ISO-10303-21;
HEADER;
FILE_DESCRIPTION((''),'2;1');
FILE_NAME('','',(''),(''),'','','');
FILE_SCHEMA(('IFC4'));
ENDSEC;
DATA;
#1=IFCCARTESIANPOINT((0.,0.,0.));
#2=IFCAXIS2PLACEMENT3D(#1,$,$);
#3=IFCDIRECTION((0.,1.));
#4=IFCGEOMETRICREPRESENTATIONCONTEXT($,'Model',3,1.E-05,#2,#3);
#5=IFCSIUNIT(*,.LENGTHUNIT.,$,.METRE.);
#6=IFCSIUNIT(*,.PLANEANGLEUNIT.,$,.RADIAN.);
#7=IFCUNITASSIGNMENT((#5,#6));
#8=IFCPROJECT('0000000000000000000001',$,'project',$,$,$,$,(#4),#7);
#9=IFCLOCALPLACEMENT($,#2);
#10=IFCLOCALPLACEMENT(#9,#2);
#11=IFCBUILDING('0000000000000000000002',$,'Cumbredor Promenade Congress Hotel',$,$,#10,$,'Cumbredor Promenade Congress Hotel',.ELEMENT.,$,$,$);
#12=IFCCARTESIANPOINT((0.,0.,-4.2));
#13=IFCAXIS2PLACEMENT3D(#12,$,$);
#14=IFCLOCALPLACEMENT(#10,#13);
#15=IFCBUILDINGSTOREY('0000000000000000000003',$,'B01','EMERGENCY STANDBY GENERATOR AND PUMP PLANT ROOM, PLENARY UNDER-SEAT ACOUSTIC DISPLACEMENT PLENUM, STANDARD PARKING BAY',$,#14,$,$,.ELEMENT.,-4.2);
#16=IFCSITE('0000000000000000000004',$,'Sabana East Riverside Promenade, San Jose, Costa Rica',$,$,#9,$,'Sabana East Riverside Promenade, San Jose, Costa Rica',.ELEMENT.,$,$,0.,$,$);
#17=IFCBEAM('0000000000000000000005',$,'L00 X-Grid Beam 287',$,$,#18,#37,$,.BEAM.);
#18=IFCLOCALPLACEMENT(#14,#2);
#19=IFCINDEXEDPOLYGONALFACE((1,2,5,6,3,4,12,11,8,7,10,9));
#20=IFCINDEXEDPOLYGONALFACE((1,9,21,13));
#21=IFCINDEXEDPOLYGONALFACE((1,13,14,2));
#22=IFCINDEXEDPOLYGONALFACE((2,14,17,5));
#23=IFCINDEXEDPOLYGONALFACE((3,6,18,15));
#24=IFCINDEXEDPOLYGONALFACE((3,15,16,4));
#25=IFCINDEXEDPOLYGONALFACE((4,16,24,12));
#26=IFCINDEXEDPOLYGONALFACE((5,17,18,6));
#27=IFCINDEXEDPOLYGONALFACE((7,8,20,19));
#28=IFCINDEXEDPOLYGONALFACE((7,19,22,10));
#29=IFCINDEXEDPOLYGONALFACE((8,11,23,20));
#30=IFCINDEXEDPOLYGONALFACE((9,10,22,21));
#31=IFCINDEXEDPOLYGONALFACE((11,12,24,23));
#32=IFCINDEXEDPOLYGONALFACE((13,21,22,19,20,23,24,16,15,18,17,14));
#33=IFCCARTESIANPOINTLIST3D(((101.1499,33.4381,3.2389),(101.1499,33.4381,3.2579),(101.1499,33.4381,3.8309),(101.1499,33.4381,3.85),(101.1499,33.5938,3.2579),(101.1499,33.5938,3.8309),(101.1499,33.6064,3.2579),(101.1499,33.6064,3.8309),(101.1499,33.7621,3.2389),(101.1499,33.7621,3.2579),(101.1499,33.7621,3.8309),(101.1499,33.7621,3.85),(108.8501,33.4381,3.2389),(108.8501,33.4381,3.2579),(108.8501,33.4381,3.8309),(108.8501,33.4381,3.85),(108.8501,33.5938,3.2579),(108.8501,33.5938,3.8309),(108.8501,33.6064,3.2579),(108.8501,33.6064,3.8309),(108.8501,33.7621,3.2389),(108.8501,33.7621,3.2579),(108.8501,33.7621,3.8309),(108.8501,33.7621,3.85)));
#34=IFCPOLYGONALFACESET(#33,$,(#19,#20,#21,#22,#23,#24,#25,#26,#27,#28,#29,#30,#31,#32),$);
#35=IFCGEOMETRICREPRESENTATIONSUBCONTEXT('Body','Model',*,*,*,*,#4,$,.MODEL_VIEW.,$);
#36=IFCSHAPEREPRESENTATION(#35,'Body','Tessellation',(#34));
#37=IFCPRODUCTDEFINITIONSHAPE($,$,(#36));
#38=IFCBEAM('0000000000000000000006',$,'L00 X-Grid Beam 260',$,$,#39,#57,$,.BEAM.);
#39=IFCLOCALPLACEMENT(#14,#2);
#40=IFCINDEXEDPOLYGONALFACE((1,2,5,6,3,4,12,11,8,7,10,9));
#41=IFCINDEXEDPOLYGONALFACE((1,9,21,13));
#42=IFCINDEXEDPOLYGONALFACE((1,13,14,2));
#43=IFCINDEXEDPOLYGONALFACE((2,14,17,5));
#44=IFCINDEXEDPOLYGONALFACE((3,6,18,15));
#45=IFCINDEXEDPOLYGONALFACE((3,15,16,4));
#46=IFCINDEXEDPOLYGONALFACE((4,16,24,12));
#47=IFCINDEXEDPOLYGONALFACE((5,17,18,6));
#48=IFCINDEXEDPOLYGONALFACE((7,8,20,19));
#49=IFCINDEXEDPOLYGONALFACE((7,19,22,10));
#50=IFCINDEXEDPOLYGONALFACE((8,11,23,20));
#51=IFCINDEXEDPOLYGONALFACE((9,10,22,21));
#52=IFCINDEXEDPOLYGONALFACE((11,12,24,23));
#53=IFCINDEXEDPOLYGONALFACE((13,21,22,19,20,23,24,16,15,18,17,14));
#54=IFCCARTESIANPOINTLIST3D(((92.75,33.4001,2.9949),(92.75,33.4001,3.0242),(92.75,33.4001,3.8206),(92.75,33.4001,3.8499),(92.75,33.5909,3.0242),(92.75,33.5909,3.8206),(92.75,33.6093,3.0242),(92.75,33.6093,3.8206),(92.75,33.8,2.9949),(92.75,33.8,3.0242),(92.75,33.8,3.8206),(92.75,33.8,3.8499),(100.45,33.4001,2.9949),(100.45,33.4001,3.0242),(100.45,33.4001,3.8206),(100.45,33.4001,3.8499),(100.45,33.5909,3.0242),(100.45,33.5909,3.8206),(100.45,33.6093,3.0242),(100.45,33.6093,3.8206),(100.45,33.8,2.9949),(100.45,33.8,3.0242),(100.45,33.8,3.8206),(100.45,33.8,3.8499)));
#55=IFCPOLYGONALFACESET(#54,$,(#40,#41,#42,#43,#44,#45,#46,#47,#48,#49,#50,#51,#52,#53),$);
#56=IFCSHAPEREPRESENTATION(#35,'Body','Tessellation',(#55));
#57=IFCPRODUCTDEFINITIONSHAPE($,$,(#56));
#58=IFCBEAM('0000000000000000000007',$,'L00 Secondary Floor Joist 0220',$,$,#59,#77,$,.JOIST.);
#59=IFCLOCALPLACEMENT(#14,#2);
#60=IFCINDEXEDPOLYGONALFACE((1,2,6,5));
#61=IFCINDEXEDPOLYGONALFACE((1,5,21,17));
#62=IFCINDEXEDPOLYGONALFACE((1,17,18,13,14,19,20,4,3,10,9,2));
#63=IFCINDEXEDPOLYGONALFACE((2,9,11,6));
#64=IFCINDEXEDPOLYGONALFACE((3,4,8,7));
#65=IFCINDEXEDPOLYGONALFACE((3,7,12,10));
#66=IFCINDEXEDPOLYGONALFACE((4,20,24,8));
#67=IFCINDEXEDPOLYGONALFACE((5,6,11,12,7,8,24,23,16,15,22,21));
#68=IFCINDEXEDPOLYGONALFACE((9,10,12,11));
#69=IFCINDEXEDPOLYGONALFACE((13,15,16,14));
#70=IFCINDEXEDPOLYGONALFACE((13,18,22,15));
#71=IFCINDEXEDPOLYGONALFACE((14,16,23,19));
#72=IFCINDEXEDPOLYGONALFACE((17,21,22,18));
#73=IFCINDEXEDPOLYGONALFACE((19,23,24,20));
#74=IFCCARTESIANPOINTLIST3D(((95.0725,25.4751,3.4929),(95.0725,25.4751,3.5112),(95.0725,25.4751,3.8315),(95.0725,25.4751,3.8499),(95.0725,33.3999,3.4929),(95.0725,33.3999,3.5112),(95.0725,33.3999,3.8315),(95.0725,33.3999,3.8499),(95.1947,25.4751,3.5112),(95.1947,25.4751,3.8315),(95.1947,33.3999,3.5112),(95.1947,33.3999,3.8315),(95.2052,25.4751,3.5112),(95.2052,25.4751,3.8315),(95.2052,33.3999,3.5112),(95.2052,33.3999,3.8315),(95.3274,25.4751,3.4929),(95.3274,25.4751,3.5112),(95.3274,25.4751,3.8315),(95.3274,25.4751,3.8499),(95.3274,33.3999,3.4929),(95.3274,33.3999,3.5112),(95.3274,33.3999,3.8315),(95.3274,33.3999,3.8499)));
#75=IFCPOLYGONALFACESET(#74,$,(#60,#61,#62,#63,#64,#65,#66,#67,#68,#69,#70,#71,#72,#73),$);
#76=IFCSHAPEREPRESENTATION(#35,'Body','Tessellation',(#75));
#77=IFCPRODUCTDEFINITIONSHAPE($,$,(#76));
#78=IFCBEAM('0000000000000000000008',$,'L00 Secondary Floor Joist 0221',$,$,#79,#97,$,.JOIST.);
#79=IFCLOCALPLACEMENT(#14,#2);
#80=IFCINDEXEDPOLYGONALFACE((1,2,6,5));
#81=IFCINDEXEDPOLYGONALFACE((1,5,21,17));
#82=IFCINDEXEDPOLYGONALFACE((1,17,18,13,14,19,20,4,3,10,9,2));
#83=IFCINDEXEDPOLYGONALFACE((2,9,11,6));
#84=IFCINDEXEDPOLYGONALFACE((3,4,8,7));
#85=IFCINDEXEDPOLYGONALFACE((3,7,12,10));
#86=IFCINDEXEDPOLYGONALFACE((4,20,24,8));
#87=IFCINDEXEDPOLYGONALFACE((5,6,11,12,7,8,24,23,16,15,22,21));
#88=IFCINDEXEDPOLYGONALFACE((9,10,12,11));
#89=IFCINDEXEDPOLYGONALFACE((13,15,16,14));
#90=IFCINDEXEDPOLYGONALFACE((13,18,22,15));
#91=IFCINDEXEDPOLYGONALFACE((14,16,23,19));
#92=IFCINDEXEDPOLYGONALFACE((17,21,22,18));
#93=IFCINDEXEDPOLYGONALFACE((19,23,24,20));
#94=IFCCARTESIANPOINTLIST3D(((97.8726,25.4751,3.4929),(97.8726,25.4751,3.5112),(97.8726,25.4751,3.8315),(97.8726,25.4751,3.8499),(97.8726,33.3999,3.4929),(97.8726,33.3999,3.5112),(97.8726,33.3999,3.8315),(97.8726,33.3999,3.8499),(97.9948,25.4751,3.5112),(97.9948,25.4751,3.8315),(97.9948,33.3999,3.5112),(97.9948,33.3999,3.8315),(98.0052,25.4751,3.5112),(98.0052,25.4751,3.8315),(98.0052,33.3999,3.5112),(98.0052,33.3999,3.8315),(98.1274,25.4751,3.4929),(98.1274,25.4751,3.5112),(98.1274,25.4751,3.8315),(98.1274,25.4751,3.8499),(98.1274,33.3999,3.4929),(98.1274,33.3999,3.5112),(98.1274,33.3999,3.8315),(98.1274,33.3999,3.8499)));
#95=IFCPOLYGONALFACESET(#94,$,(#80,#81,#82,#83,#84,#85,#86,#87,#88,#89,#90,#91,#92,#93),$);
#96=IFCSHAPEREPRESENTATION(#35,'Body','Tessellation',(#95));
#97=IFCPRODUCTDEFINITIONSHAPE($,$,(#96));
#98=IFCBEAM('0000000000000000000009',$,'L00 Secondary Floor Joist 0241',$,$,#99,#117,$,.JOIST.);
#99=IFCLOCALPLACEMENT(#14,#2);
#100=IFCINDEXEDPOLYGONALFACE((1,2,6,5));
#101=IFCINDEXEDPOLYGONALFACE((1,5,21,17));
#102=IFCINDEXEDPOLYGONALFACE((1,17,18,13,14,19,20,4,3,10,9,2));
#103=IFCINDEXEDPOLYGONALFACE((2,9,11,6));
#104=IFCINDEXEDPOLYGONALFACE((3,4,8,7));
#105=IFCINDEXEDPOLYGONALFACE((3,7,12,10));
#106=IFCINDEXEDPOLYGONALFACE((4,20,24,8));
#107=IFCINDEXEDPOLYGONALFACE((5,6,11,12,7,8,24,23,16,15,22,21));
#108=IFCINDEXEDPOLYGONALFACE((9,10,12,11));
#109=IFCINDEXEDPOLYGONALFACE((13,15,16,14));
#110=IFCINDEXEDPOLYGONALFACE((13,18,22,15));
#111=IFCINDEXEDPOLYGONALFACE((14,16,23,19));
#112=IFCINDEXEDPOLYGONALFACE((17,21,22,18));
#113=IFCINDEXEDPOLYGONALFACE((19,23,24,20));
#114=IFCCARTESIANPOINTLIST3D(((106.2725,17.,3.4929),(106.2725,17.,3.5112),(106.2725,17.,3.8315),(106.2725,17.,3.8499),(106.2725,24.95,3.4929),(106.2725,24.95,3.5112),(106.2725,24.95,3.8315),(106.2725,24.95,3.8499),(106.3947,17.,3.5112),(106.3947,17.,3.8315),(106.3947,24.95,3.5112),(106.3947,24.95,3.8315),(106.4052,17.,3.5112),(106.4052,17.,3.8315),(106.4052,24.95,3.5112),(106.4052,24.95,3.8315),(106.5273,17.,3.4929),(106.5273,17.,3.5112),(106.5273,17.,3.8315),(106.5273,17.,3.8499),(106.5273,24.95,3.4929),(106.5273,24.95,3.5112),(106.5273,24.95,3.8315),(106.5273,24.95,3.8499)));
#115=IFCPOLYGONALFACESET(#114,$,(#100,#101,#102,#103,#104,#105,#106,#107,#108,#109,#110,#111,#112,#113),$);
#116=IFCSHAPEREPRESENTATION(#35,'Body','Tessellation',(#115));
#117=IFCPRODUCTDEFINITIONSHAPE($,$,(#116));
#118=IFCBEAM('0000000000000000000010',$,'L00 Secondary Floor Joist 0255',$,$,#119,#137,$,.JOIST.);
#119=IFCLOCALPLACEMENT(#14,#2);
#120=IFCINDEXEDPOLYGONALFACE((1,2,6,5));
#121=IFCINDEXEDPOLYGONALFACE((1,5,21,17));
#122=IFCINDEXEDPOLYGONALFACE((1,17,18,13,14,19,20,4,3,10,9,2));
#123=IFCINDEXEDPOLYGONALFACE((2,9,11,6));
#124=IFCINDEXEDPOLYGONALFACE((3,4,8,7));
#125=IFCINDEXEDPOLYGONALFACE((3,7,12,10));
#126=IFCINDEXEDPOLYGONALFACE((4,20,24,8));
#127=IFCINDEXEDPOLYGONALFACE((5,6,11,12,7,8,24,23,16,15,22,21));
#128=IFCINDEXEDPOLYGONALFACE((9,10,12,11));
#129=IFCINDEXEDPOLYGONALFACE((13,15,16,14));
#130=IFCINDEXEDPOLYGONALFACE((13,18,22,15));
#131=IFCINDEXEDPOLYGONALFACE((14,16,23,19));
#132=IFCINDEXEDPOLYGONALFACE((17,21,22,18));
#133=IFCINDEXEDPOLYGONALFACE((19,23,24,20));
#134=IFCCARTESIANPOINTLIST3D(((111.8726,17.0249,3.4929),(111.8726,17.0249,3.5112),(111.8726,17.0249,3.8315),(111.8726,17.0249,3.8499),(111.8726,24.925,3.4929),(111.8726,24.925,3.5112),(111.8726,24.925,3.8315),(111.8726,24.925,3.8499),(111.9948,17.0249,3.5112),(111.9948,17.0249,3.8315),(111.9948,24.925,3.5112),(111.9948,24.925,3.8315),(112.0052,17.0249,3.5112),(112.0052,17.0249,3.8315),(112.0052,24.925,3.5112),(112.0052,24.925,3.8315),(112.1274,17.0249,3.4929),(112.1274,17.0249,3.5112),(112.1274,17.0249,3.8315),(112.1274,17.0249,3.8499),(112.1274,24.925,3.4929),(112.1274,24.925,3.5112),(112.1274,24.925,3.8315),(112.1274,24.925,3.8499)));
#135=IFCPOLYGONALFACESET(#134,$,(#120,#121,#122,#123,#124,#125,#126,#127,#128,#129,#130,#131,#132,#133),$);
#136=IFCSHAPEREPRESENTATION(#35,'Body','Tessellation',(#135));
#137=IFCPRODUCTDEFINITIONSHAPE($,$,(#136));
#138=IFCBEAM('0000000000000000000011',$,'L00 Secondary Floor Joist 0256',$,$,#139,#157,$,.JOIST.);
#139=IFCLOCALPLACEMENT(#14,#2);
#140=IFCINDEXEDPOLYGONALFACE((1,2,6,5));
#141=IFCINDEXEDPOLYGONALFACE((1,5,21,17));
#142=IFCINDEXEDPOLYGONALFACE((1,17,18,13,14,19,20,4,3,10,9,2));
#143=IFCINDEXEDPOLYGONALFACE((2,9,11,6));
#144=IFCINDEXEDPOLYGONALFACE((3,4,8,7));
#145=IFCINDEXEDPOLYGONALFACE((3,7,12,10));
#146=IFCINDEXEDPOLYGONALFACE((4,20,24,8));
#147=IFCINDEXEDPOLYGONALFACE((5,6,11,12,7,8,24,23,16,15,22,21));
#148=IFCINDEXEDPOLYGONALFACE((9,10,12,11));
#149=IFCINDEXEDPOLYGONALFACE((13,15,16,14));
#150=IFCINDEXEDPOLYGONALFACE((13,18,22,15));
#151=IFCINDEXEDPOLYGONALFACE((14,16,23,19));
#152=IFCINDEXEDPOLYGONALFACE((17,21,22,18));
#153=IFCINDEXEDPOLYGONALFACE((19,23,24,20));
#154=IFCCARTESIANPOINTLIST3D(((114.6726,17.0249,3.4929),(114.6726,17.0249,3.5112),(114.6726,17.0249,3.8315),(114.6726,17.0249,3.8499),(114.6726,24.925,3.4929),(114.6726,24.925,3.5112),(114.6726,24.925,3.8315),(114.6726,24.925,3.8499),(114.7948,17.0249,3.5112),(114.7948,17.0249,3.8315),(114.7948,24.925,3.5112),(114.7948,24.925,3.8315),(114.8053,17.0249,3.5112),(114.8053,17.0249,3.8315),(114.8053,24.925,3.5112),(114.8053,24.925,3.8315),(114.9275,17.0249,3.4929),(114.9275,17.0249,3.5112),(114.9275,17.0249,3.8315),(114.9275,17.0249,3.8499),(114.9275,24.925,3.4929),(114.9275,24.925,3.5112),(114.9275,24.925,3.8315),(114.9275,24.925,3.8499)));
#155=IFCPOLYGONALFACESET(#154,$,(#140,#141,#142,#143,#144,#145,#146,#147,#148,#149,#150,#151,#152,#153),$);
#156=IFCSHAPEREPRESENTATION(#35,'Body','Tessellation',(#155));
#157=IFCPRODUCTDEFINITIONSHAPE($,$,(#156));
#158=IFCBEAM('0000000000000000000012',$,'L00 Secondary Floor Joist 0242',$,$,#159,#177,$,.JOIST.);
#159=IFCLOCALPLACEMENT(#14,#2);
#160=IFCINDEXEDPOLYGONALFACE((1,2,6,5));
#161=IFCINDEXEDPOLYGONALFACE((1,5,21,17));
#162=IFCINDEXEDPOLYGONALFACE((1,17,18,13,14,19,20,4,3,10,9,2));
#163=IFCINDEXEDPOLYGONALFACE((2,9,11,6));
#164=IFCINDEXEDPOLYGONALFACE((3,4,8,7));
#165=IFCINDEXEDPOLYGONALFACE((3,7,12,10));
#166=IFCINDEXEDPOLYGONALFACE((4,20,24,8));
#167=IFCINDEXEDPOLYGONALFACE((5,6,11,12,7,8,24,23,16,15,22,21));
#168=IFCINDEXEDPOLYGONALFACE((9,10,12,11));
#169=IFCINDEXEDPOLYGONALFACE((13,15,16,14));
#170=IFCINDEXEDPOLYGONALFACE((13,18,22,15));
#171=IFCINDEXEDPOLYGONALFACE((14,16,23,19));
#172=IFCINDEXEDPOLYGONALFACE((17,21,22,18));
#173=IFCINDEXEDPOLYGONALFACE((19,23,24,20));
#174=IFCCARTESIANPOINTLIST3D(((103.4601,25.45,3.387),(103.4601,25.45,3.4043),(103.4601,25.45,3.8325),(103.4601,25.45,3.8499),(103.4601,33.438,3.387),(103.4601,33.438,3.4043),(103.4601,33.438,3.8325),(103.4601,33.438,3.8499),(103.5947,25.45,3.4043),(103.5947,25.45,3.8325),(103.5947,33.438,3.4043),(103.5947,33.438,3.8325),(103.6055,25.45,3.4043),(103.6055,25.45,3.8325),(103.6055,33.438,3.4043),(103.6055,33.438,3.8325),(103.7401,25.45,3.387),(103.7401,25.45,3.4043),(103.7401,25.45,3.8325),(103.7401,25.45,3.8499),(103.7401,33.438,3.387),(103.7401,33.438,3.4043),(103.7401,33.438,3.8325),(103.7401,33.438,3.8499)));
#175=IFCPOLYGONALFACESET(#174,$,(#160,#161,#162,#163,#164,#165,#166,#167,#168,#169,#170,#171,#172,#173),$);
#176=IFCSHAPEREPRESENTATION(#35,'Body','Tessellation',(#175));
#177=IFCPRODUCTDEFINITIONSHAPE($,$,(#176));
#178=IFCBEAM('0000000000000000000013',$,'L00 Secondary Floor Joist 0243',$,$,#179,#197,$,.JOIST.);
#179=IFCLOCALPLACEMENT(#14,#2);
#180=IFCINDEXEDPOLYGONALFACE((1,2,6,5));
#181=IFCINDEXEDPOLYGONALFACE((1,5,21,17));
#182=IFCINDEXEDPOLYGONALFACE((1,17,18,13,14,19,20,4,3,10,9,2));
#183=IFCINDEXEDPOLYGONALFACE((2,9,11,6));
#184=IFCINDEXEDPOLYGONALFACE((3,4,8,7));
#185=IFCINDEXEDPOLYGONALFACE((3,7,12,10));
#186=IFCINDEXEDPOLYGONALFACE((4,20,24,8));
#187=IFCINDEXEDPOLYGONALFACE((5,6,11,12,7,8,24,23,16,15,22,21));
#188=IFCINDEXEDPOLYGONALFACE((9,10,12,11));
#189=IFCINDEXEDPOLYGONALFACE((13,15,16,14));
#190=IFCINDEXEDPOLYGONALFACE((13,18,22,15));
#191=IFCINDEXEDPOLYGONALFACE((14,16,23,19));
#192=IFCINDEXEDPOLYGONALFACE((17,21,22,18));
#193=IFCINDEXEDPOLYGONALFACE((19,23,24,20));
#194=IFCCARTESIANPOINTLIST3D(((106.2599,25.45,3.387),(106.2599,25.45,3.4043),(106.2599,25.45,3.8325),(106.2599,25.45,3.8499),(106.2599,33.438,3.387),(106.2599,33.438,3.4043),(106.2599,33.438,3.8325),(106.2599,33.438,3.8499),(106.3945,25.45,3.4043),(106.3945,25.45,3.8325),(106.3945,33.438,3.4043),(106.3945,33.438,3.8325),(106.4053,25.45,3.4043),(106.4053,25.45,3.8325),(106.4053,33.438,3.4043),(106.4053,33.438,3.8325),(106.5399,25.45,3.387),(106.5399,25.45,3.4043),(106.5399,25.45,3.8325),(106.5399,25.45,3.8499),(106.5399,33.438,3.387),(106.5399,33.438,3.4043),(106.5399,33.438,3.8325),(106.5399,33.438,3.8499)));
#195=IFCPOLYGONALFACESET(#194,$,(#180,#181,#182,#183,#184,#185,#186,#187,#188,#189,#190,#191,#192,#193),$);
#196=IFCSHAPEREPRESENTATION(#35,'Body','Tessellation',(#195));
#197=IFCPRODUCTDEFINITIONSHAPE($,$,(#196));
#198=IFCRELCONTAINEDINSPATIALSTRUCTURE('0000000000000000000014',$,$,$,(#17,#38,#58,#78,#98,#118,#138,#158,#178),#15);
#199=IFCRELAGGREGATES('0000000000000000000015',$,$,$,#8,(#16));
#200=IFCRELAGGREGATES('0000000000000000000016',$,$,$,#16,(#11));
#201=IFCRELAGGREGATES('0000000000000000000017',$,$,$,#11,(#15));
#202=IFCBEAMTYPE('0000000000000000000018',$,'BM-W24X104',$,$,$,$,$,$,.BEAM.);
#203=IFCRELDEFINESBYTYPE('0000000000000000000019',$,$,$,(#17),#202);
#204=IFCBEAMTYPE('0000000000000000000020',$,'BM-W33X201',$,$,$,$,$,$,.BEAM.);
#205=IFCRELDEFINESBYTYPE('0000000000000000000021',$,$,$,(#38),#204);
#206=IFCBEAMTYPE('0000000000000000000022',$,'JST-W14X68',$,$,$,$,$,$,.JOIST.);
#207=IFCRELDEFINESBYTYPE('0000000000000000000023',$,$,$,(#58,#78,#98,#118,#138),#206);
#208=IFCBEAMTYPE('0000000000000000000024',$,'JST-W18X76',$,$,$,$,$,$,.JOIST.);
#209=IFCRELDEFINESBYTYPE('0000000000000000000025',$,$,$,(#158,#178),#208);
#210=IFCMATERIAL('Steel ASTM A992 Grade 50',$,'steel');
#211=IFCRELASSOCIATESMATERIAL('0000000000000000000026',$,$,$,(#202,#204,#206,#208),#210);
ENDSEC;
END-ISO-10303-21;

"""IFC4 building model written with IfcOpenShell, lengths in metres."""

from ifc_helpers import new_model, si_unit, direction, frame, origin, origin_2d, place, context, subcontext, project, spatial, i_section, extrude, material, material_profile, profile_set, type_object, element, save


model = new_model("IFC4")

# Units and contexts
model_context = context("Model", 3, precision=1e-05, world=origin(), true_north=direction((0.0, 1.0)))
body_context = subcontext(model_context, "Body", "Model", "MODEL_VIEW")
ifc_project = project(units=[si_unit("LENGTHUNIT", "METRE"), si_unit("PLANEANGLEUNIT", "RADIAN")], contexts=[model_context])

# Site, building, storey
site_placement = place(None, origin())
site = spatial("IfcSite", under=ifc_project, at=site_placement, Name="Sabana East Riverside Promenade, San Jose, Costa Rica", LongName="Sabana East Riverside Promenade, San Jose, Costa Rica", CompositionType="ELEMENT", RefElevation=0.0)
building_placement = place(site_placement, origin())
building = spatial("IfcBuilding", under=site, at=building_placement, Name="Cumbredor Promenade Congress Hotel", LongName="Cumbredor Promenade Congress Hotel", CompositionType="ELEMENT")
storey_placement = place(building_placement, frame((0.0, 0.0, -4.2)))
storey = spatial("IfcBuildingStorey", under=building, at=storey_placement, Name="B01", Description="EMERGENCY STANDBY GENERATOR AND PUMP PLANT ROOM, PLENARY UNDER-SEAT ACOUSTIC DISPLACEMENT PLENUM, STANDARD PARKING BAY", CompositionType="ELEMENT", Elevation=-4.2)

# Beams
ifc_material_1 = material(Name="Steel ASTM A992 Grade 50", Category="steel")
ifc_material_profile_1 = material_profile(ifc_material_1, i_section(OverallWidth=0.324, OverallDepth=0.6111, WebThickness=0.0127, FlangeThickness=0.019, at=origin_2d()), Name="W24X104")
ifc_profile_set_1 = profile_set([ifc_material_profile_1], Name="Steel ASTM A992 Grade 50")
beam_type_1 = type_object("IfcBeamType", Name="BM-W24X104", PredefinedType="BEAM", material=ifc_profile_set_1)
beam_1_placement = place(storey_placement, frame((101.1499, 33.6001, 3.5444), z_axis=(1.0, 0.0, 0.0), x_axis=(0.0, 1.0, 0.0)))
element("IfcBeam", 1, at=beam_1_placement, inside=storey, type_object=beam_type_1, Name="L00 X-Grid Beam 287", PredefinedType="BEAM", context=body_context, shape_type="SweptSolid", body=[
    extrude(i_section(OverallWidth=0.324, OverallDepth=0.6111, WebThickness=0.0127, FlangeThickness=0.019, at=origin_2d()), origin(), (0.0, 0.0, 1.0), 7.7002),
])
ifc_material_profile_2 = material_profile(ifc_material_1, i_section(OverallWidth=0.3999, OverallDepth=0.855, WebThickness=0.0183, FlangeThickness=0.0293, at=origin_2d()), Name="W33X201")
ifc_profile_set_2 = profile_set([ifc_material_profile_2], Name="Steel ASTM A992 Grade 50")
beam_type_2 = type_object("IfcBeamType", Name="BM-W33X201", PredefinedType="BEAM", material=ifc_profile_set_2)
beam_2_placement = place(storey_placement, frame((92.75, 33.6001, 3.4224), z_axis=(1.0, 0.0, 0.0), x_axis=(0.0, 1.0, 0.0)))
element("IfcBeam", 2, at=beam_2_placement, inside=storey, type_object=beam_type_2, Name="L00 X-Grid Beam 260", PredefinedType="BEAM", context=body_context, shape_type="SweptSolid", body=[
    extrude(i_section(OverallWidth=0.3999, OverallDepth=0.855, WebThickness=0.0183, FlangeThickness=0.0293, at=origin_2d()), origin(), (0.0, 0.0, 1.0), 7.7),
])
ifc_material_profile_3 = material_profile(ifc_material_1, i_section(OverallWidth=0.2549, OverallDepth=0.3569, WebThickness=0.0105, FlangeThickness=0.0183, at=origin_2d()), Name="W14X68")
ifc_profile_set_3 = profile_set([ifc_material_profile_3], Name="Steel ASTM A992 Grade 50")
beam_type_3 = type_object("IfcBeamType", Name="JST-W14X68", PredefinedType="JOIST", material=ifc_profile_set_3)
for number, where, z_axis, x_axis, name in (
    (3, (95.2, 25.4751, 3.6714), (0.0, 1.0, 0.0), (-1.0, 0.0, 0.0), "L00 Secondary Floor Joist 0220"),
    (4, (98.0, 25.4751, 3.6714), (0.0, 1.0, 0.0), (-1.0, 0.0, 0.0), "L00 Secondary Floor Joist 0221"),
):
    element("IfcBeam", number, at=place(storey_placement, frame(where, z_axis=z_axis, x_axis=x_axis)), inside=storey, type_object=beam_type_3, Name=name, PredefinedType="JOIST", context=body_context, shape_type="SweptSolid", body=[
        extrude(i_section(OverallWidth=0.2549, OverallDepth=0.3569, WebThickness=0.0105, FlangeThickness=0.0183, at=origin_2d()), origin(), (0.0, 0.0, 1.0), 7.9248),
    ])
beam_3_placement = place(storey_placement, frame((106.3999, 17.0, 3.6714), z_axis=(0.0, 1.0, 0.0), x_axis=(-1.0, 0.0, 0.0)))
element("IfcBeam", 5, at=beam_3_placement, inside=storey, type_object=beam_type_3, Name="L00 Secondary Floor Joist 0241", PredefinedType="JOIST", context=body_context, shape_type="SweptSolid", body=[
    extrude(i_section(OverallWidth=0.2549, OverallDepth=0.3569, WebThickness=0.0105, FlangeThickness=0.0183, at=origin_2d()), origin(), (0.0, 0.0, 1.0), 7.95),
])
for number, where, z_axis, x_axis, name in (
    (6, (112.0, 17.0249, 3.6714), (0.0, 1.0, 0.0), (-1.0, 0.0, 0.0), "L00 Secondary Floor Joist 0255"),
    (7, (114.8, 17.0249, 3.6714), (0.0, 1.0, 0.0), (-1.0, 0.0, 0.0), "L00 Secondary Floor Joist 0256"),
):
    element("IfcBeam", number, at=place(storey_placement, frame(where, z_axis=z_axis, x_axis=x_axis)), inside=storey, type_object=beam_type_3, Name=name, PredefinedType="JOIST", context=body_context, shape_type="SweptSolid", body=[
        extrude(i_section(OverallWidth=0.2549, OverallDepth=0.3569, WebThickness=0.0105, FlangeThickness=0.0183, at=origin_2d()), origin(), (0.0, 0.0, 1.0), 7.9001),
    ])
ifc_material_profile_4 = material_profile(ifc_material_1, i_section(OverallWidth=0.28, OverallDepth=0.4629, WebThickness=0.0107, FlangeThickness=0.0173, at=origin_2d()), Name="W18X76")
ifc_profile_set_4 = profile_set([ifc_material_profile_4], Name="Steel ASTM A992 Grade 50")
beam_type_4 = type_object("IfcBeamType", Name="JST-W18X76", PredefinedType="JOIST", material=ifc_profile_set_4)
for number, where, z_axis, x_axis, name in (
    (8, (103.6001, 25.45, 3.6184), (0.0, 1.0, 0.0), (-1.0, 0.0, 0.0), "L00 Secondary Floor Joist 0242"),
    (9, (106.3999, 25.45, 3.6184), (0.0, 1.0, 0.0), (-1.0, 0.0, 0.0), "L00 Secondary Floor Joist 0243"),
):
    element("IfcBeam", number, at=place(storey_placement, frame(where, z_axis=z_axis, x_axis=x_axis)), inside=storey, type_object=beam_type_4, Name=name, PredefinedType="JOIST", context=body_context, shape_type="SweptSolid", body=[
        extrude(i_section(OverallWidth=0.28, OverallDepth=0.4629, WebThickness=0.0107, FlangeThickness=0.0173, at=origin_2d()), origin(), (0.0, 0.0, 1.0), 7.988),
    ])

save(model, "model.ifc")
